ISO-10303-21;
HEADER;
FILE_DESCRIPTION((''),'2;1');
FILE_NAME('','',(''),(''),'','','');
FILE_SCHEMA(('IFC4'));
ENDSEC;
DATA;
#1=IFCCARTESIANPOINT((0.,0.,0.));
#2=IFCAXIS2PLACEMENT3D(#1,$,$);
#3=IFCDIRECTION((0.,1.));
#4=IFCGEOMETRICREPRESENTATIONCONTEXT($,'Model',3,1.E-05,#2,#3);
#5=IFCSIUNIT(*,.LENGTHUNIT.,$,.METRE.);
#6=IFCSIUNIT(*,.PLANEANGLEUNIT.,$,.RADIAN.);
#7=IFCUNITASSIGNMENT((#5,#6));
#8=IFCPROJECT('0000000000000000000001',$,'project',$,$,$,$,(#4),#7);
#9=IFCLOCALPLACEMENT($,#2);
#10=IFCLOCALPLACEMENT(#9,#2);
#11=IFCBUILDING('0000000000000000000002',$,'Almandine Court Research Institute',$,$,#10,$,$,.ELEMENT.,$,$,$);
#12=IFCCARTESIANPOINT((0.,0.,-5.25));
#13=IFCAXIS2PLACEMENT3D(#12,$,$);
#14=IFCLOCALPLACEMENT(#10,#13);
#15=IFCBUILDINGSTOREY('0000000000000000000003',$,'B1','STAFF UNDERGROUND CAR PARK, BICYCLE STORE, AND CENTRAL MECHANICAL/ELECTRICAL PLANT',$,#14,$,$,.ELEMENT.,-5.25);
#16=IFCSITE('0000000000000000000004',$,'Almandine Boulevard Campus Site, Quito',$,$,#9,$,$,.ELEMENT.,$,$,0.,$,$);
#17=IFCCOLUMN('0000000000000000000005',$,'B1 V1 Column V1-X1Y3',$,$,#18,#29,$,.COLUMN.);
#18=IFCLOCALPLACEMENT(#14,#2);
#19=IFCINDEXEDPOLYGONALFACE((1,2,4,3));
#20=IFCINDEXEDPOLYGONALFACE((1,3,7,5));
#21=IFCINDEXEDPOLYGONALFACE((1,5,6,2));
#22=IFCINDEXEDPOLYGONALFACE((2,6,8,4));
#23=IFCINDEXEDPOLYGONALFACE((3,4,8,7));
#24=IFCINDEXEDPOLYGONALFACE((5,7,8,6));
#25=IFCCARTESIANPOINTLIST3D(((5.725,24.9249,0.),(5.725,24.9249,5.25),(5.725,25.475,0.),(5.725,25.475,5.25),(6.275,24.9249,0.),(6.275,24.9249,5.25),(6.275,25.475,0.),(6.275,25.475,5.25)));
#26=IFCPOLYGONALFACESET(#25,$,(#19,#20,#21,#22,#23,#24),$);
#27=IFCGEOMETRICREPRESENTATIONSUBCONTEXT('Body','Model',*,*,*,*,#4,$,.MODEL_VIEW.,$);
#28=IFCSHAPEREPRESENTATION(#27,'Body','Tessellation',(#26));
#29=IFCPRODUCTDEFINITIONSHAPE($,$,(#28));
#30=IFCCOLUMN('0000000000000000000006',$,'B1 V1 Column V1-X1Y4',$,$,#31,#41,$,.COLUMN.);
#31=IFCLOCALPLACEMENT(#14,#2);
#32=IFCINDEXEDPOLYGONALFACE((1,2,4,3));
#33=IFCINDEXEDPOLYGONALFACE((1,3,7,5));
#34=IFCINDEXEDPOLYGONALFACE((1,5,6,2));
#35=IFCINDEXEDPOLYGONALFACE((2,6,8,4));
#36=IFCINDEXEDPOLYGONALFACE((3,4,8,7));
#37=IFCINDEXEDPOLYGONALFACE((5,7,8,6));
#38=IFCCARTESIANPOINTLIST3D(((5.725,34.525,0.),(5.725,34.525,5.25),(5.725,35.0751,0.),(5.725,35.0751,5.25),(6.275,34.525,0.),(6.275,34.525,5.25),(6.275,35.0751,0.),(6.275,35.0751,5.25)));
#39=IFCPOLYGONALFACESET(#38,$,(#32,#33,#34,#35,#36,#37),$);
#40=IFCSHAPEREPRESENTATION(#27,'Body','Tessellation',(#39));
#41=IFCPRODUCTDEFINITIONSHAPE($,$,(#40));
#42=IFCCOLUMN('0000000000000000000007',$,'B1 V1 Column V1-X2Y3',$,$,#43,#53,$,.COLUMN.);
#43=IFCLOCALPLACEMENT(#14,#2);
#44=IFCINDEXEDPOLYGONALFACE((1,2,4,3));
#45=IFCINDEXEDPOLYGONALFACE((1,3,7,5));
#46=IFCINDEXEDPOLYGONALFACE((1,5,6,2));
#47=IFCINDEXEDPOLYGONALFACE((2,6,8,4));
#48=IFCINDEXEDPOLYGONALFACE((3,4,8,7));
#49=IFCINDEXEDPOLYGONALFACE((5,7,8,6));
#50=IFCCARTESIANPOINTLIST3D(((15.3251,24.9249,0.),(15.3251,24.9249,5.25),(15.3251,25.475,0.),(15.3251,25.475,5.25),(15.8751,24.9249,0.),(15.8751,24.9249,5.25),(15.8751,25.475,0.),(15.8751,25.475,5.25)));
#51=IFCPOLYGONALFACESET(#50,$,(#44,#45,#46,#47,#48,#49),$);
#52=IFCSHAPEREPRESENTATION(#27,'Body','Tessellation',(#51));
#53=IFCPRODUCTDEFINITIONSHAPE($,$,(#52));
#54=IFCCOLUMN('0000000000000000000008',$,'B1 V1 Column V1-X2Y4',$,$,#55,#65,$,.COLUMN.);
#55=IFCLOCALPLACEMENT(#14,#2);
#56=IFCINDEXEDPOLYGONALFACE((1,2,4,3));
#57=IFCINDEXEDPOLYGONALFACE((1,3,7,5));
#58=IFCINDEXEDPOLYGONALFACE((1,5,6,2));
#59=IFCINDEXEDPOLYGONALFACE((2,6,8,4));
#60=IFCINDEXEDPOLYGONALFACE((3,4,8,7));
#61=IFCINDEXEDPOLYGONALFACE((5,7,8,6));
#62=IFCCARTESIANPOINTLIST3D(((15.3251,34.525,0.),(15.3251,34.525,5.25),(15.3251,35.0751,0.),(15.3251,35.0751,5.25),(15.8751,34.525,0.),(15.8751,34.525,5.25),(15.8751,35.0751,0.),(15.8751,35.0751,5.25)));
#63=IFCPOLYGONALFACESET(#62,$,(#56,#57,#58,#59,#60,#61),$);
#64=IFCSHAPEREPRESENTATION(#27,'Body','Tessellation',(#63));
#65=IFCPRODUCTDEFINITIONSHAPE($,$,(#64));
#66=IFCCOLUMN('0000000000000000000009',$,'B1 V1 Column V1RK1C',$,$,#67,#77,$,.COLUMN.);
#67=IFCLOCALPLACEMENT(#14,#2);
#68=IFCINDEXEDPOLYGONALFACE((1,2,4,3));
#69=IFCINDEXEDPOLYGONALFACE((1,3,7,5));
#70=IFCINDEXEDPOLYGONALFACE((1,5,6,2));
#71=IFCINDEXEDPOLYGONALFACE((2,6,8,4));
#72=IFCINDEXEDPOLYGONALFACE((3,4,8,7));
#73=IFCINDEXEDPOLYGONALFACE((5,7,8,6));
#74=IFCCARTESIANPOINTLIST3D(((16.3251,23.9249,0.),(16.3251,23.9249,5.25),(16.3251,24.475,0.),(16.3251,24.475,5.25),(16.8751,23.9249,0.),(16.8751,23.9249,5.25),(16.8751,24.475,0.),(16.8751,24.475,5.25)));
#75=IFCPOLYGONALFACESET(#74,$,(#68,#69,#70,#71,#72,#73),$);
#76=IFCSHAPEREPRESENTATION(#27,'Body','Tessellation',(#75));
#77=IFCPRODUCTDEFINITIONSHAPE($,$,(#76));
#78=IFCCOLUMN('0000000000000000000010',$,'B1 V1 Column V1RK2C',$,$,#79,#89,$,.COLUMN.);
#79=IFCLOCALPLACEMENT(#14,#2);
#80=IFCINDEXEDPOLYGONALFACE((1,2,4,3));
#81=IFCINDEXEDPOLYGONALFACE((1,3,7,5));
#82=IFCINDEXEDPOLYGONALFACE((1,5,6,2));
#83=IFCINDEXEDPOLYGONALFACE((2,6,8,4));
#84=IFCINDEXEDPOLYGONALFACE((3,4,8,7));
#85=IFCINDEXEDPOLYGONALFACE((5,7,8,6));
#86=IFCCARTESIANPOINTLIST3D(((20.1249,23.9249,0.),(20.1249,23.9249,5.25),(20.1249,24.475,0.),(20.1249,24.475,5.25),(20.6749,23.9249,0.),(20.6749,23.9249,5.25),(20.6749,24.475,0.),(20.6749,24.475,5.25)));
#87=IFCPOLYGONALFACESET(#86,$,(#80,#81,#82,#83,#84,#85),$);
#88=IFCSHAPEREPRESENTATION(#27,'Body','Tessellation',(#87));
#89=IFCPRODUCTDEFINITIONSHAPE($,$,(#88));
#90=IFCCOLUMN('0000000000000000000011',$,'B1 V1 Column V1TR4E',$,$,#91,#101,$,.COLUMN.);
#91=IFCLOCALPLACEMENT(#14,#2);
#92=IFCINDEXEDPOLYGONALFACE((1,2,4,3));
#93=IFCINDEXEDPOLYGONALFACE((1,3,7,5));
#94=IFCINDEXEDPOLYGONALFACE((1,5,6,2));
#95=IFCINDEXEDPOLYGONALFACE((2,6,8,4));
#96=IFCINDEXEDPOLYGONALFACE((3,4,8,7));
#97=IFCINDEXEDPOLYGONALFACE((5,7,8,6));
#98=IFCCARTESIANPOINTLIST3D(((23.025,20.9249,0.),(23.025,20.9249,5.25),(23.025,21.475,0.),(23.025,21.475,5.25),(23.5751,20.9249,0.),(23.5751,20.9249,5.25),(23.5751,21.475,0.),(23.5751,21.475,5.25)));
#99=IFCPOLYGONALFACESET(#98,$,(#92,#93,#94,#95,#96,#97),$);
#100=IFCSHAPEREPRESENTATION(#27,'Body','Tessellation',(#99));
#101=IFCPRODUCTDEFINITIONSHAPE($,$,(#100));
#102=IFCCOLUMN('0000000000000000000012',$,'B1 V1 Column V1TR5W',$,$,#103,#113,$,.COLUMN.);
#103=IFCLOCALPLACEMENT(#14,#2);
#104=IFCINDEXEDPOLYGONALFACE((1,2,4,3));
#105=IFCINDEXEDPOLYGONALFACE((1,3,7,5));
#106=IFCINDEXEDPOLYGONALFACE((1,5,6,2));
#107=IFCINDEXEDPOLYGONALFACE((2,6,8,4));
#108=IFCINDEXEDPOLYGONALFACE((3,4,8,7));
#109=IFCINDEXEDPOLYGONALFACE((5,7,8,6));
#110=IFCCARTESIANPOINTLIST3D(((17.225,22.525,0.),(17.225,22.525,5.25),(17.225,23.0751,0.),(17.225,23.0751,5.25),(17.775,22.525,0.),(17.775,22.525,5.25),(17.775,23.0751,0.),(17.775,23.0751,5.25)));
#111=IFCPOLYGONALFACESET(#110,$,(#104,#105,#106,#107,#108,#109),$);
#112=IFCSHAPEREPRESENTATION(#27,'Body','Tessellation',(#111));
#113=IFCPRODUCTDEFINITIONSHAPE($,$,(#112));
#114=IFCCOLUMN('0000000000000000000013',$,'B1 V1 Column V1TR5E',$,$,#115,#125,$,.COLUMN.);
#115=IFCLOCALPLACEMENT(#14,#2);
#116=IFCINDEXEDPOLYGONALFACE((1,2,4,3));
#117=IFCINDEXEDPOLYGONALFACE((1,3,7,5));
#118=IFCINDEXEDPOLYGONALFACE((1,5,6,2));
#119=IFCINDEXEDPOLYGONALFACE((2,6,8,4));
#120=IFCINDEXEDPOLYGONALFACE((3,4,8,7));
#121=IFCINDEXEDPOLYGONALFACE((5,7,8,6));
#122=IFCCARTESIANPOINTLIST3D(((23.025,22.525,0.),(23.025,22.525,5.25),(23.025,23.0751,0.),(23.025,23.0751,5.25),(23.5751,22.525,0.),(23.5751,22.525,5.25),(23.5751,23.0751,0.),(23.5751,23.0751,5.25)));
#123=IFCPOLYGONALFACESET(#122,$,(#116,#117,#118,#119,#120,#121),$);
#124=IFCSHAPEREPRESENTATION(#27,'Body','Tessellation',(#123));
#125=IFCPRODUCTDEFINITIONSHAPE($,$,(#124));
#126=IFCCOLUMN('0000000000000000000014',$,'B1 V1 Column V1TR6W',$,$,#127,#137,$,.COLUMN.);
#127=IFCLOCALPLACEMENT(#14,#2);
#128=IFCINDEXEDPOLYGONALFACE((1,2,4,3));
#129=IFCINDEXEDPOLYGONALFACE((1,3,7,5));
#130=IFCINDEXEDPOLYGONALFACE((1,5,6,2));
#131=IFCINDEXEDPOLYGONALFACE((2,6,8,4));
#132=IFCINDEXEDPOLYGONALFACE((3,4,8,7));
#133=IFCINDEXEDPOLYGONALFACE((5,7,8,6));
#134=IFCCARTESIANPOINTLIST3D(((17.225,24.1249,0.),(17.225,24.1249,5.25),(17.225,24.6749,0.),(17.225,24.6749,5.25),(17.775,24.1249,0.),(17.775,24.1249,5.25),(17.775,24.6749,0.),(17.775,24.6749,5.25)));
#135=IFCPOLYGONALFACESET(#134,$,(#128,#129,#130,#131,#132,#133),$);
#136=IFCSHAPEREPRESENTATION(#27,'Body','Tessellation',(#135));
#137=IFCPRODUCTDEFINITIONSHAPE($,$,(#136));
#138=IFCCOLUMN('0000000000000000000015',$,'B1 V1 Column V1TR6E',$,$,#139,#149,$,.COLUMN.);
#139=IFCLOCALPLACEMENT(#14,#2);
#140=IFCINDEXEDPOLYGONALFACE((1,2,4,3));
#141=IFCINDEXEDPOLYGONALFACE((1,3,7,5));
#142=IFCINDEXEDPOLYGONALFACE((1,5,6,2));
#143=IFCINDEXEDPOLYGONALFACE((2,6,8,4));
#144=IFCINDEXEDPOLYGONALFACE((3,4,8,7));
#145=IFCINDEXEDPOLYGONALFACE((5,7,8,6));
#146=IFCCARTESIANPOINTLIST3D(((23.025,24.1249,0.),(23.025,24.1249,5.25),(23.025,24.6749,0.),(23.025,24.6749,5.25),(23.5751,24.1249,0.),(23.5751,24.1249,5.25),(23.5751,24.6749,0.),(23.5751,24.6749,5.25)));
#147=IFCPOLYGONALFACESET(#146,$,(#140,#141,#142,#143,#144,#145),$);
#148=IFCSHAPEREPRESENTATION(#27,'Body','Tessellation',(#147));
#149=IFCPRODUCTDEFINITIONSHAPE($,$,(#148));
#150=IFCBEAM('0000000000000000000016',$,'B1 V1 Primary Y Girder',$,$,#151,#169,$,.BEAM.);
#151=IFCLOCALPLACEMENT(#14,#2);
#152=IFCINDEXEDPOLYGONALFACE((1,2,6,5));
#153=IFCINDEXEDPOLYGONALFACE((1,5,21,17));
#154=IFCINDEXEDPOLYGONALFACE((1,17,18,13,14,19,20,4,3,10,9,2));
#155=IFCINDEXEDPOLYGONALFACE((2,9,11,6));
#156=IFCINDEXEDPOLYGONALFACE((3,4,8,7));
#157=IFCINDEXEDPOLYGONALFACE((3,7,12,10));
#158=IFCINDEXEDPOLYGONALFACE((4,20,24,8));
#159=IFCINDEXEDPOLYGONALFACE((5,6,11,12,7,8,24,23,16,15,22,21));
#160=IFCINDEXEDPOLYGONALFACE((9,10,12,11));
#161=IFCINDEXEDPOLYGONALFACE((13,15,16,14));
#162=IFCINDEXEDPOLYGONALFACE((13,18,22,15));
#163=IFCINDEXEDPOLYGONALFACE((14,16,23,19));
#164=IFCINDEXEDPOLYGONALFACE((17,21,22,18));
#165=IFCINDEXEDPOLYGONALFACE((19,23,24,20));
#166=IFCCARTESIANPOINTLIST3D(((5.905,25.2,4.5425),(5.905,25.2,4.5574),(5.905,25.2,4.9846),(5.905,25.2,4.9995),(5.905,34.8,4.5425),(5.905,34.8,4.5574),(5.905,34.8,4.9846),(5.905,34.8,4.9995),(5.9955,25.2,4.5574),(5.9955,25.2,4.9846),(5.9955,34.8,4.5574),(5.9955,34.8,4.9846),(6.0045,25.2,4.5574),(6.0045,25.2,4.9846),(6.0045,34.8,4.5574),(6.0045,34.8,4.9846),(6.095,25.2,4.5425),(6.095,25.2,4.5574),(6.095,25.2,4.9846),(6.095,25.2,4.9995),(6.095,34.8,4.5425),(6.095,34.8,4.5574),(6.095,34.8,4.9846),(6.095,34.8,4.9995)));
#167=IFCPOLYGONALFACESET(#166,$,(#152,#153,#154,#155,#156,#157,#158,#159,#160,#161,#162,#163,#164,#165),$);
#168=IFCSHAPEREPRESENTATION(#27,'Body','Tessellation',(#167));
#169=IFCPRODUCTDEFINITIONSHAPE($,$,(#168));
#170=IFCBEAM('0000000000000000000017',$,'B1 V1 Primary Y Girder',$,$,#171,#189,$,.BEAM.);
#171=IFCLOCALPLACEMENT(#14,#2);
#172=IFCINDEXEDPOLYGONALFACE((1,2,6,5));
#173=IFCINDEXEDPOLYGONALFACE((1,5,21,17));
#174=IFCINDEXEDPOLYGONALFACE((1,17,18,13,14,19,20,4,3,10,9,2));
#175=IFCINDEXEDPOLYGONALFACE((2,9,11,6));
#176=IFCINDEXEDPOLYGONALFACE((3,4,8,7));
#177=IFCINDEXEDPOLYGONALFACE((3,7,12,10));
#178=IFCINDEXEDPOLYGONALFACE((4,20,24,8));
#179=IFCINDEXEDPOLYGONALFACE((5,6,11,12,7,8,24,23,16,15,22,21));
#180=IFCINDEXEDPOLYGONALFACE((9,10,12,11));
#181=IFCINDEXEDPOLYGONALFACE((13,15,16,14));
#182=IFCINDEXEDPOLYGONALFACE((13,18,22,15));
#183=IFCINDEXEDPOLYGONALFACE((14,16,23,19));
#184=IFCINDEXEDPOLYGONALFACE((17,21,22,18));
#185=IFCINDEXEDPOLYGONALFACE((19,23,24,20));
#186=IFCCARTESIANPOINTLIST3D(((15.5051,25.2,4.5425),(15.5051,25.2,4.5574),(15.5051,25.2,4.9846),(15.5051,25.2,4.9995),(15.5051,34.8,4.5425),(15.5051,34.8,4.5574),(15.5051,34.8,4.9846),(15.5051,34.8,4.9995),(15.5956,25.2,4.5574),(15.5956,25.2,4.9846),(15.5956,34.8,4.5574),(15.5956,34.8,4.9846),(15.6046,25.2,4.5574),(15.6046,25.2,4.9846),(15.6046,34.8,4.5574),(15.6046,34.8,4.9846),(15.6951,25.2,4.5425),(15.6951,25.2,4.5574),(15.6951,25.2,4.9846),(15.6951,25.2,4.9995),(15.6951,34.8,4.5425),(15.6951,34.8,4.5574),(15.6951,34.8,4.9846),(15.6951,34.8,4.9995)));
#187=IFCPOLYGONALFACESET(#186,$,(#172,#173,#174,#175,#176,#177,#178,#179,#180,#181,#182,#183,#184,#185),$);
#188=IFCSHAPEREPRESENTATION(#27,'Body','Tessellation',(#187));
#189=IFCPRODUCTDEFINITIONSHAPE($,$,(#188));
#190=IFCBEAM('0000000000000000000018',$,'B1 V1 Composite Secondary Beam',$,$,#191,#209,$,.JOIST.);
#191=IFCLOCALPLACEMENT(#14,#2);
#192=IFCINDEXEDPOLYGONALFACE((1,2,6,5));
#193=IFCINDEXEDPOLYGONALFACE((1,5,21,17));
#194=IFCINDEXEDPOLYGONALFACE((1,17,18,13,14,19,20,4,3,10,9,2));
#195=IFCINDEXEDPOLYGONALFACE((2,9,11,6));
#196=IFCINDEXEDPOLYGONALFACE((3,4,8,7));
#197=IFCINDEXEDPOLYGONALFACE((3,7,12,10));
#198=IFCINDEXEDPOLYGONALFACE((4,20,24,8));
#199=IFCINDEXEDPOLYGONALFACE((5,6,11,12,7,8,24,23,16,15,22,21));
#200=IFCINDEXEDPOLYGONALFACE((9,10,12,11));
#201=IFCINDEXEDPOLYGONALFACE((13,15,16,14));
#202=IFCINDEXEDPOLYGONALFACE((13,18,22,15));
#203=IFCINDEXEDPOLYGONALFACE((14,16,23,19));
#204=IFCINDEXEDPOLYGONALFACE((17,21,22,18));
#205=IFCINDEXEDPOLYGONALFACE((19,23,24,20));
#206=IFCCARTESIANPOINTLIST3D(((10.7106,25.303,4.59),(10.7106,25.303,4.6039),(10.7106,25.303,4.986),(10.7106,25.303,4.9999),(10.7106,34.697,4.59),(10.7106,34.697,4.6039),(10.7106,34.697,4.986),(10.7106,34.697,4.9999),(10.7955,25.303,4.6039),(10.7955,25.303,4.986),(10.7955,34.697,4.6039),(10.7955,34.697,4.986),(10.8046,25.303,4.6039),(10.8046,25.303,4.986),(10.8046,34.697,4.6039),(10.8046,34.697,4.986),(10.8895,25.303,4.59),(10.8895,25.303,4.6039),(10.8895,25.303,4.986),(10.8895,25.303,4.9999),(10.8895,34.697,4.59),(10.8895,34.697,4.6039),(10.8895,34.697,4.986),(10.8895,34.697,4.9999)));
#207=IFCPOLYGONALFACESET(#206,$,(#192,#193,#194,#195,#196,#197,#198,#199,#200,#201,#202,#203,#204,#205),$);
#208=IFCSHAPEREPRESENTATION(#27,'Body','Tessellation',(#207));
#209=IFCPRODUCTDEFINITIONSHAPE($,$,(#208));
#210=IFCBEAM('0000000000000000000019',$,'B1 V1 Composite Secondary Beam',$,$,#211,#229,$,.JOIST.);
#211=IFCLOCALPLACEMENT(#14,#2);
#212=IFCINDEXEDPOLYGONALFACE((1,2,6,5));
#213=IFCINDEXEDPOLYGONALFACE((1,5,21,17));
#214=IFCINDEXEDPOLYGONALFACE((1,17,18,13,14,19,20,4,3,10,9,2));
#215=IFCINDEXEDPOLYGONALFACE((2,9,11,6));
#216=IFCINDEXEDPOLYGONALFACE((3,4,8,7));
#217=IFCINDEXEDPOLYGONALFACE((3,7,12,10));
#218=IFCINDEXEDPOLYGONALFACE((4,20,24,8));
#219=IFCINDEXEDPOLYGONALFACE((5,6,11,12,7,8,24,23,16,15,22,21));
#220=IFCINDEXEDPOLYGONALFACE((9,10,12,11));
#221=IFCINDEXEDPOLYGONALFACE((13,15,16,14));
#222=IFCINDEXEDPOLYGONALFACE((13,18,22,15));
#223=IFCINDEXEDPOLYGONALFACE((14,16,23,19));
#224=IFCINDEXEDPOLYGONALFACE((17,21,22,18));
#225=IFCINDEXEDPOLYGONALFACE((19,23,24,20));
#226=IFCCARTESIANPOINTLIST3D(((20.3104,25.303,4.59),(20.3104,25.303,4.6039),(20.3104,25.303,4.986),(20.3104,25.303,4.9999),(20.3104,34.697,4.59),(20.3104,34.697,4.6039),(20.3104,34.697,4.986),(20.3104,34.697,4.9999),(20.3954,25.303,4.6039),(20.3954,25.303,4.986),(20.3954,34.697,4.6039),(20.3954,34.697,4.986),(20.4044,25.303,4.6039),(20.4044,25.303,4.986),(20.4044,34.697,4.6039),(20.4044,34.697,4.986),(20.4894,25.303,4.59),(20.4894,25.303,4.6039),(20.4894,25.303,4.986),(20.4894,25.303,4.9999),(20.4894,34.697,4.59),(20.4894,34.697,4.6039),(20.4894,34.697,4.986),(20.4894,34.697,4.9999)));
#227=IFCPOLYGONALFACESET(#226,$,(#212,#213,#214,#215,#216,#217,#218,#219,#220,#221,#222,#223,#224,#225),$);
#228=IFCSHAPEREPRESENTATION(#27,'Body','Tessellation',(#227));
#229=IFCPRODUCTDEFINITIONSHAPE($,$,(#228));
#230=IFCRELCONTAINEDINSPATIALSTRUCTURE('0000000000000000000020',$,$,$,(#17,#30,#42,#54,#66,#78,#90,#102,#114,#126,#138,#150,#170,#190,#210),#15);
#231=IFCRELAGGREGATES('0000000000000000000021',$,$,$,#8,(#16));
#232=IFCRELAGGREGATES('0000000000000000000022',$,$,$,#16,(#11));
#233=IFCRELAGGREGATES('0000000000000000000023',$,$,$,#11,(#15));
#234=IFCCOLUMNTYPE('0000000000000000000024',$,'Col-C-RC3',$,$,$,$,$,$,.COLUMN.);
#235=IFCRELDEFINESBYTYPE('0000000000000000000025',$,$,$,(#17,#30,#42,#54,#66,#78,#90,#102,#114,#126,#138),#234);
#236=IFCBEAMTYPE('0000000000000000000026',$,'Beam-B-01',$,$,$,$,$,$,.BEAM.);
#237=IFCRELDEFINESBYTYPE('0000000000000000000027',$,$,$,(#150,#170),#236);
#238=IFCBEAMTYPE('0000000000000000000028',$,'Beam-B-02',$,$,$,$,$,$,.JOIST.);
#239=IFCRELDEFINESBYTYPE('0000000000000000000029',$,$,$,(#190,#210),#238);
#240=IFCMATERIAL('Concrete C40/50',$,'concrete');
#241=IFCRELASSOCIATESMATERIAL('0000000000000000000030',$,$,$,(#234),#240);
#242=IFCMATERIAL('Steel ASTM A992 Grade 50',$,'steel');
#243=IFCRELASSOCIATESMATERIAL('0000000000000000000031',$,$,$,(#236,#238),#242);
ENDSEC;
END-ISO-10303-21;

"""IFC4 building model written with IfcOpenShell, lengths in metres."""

from ifc_helpers import new_model, si_unit, direction, frame, origin, origin_2d, place, context, subcontext, project, spatial, rectangle, i_section, extrude, material, material_profile, profile_set, type_object, element, save


model = new_model("IFC4")

# Units and contexts
model_context = context("Model", 3, precision=1e-05, world=origin(), true_north=direction((0.0, 1.0)))
body_context = subcontext(model_context, "Body", "Model", "MODEL_VIEW")
ifc_project = project(units=[si_unit("LENGTHUNIT", "METRE"), si_unit("PLANEANGLEUNIT", "RADIAN")], contexts=[model_context])

# Site, building, storey
site_placement = place(None, origin())
site = spatial("IfcSite", under=ifc_project, at=site_placement, Name="Almandine Boulevard Campus Site, Quito", CompositionType="ELEMENT", RefElevation=0.0)
building_placement = place(site_placement, origin())
building = spatial("IfcBuilding", under=site, at=building_placement, Name="Almandine Court Research Institute", CompositionType="ELEMENT")
storey_placement = place(building_placement, frame((0.0, 0.0, -5.25)))
storey = spatial("IfcBuildingStorey", under=building, at=storey_placement, Name="B1", Description="STAFF UNDERGROUND CAR PARK, BICYCLE STORE, AND CENTRAL MECHANICAL/ELECTRICAL PLANT", CompositionType="ELEMENT", Elevation=-5.25)

# Columns
ifc_material_1 = material(Name="Concrete C40/50", Category="concrete")
ifc_material_profile_1 = material_profile(ifc_material_1, rectangle(XDim=0.55, YDim=0.55, at=origin_2d()), Name="RC 550x550")
ifc_profile_set_1 = profile_set([ifc_material_profile_1], Name="Concrete C40/50")
column_type = type_object("IfcColumnType", Name="Col-C-RC3", PredefinedType="COLUMN", material=ifc_profile_set_1)
for number, where, z_axis, x_axis, name in (
    (1, (6.0, 25.2, 0.0), (0.0, 0.0, 1.0), (1.0, 0.0, 0.0), "B1 V1 Column V1-X1Y3"),
    (2, (6.0, 34.8, 0.0), (0.0, 0.0, 1.0), (1.0, 0.0, 0.0), "B1 V1 Column V1-X1Y4"),
    (3, (15.6001, 25.2, 0.0), (0.0, 0.0, 1.0), (1.0, 0.0, 0.0), "B1 V1 Column V1-X2Y3"),
    (4, (15.6001, 34.8, 0.0), (0.0, 0.0, 1.0), (1.0, 0.0, 0.0), "B1 V1 Column V1-X2Y4"),
    (5, (16.6001, 24.2, 0.0), (0.0, 0.0, 1.0), (1.0, 0.0, 0.0), "B1 V1 Column V1RK1C"),
    (6, (20.3999, 24.2, 0.0), (0.0, 0.0, 1.0), (1.0, 0.0, 0.0), "B1 V1 Column V1RK2C"),
    (7, (23.3, 21.2, 0.0), (0.0, 0.0, 1.0), (1.0, 0.0, 0.0), "B1 V1 Column V1TR4E"),
    (8, (17.5, 22.8, 0.0), (0.0, 0.0, 1.0), (1.0, 0.0, 0.0), "B1 V1 Column V1TR5W"),
    (9, (23.3, 22.8, 0.0), (0.0, 0.0, 1.0), (1.0, 0.0, 0.0), "B1 V1 Column V1TR5E"),
    (10, (17.5, 24.3999, 0.0), (0.0, 0.0, 1.0), (1.0, 0.0, 0.0), "B1 V1 Column V1TR6W"),
    (11, (23.3, 24.3999, 0.0), (0.0, 0.0, 1.0), (1.0, 0.0, 0.0), "B1 V1 Column V1TR6E"),
):
    element("IfcColumn", number, at=place(storey_placement, frame(where, z_axis=z_axis, x_axis=x_axis)), inside=storey, type_object=column_type, Name=name, PredefinedType="COLUMN", context=body_context, shape_type="SweptSolid", body=[
        extrude(rectangle(XDim=0.55, YDim=0.55, at=origin_2d()), origin(), (0.0, 0.0, 1.0), 5.25),
    ])

# Beams
ifc_material_2 = material(Name="Steel ASTM A992 Grade 50", Category="steel")
ifc_material_profile_2 = material_profile(ifc_material_2, i_section(OverallWidth=0.1899, OverallDepth=0.457, WebThickness=0.009, FlangeThickness=0.0149, at=origin_2d()), Name="W460x74")
ifc_profile_set_2 = profile_set([ifc_material_profile_2], Name="Steel ASTM A992 Grade 50")
beam_type_1 = type_object("IfcBeamType", Name="Beam-B-01", PredefinedType="BEAM", material=ifc_profile_set_2)
for number, where, z_axis, x_axis, name in (
    (12, (6.0, 25.2, 4.771), (0.0, 1.0, 0.0), (-1.0, 0.0, 0.0), "B1 V1 Primary Y Girder"),
    (13, (15.6001, 25.2, 4.771), (0.0, 1.0, 0.0), (-1.0, 0.0, 0.0), "B1 V1 Primary Y Girder"),
):
    element("IfcBeam", number, at=place(storey_placement, frame(where, z_axis=z_axis, x_axis=x_axis)), inside=storey, type_object=beam_type_1, Name=name, PredefinedType="BEAM", context=body_context, shape_type="SweptSolid", body=[
        extrude(i_section(OverallWidth=0.1899, OverallDepth=0.457, WebThickness=0.009, FlangeThickness=0.0149, at=origin_2d()), origin(), (0.0, 0.0, 1.0), 9.6001),
    ])
ifc_material_profile_3 = material_profile(ifc_material_2, i_section(OverallWidth=0.179, OverallDepth=0.4099, WebThickness=0.009, FlangeThickness=0.0139, at=origin_2d()), Name="W410x67")
ifc_profile_set_3 = profile_set([ifc_material_profile_3], Name="Steel ASTM A992 Grade 50")
beam_type_2 = type_object("IfcBeamType", Name="Beam-B-02", PredefinedType="JOIST", material=ifc_profile_set_3)
for number, where, z_axis, x_axis, name in (
    (14, (10.8, 25.303, 4.7949), (0.0, 1.0, 0.0), (-1.0, 0.0, 0.0), "B1 V1 Composite Secondary Beam"),
    (15, (20.3999, 25.303, 4.7949), (0.0, 1.0, 0.0), (-1.0, 0.0, 0.0), "B1 V1 Composite Secondary Beam"),
):
    element("IfcBeam", number, at=place(storey_placement, frame(where, z_axis=z_axis, x_axis=x_axis)), inside=storey, type_object=beam_type_2, Name=name, PredefinedType="JOIST", context=body_context, shape_type="SweptSolid", body=[
        extrude(i_section(OverallWidth=0.179, OverallDepth=0.4099, WebThickness=0.009, FlangeThickness=0.0139, at=origin_2d()), origin(), (0.0, 0.0, 1.0), 9.394),
    ])

save(model, "model.ifc")
